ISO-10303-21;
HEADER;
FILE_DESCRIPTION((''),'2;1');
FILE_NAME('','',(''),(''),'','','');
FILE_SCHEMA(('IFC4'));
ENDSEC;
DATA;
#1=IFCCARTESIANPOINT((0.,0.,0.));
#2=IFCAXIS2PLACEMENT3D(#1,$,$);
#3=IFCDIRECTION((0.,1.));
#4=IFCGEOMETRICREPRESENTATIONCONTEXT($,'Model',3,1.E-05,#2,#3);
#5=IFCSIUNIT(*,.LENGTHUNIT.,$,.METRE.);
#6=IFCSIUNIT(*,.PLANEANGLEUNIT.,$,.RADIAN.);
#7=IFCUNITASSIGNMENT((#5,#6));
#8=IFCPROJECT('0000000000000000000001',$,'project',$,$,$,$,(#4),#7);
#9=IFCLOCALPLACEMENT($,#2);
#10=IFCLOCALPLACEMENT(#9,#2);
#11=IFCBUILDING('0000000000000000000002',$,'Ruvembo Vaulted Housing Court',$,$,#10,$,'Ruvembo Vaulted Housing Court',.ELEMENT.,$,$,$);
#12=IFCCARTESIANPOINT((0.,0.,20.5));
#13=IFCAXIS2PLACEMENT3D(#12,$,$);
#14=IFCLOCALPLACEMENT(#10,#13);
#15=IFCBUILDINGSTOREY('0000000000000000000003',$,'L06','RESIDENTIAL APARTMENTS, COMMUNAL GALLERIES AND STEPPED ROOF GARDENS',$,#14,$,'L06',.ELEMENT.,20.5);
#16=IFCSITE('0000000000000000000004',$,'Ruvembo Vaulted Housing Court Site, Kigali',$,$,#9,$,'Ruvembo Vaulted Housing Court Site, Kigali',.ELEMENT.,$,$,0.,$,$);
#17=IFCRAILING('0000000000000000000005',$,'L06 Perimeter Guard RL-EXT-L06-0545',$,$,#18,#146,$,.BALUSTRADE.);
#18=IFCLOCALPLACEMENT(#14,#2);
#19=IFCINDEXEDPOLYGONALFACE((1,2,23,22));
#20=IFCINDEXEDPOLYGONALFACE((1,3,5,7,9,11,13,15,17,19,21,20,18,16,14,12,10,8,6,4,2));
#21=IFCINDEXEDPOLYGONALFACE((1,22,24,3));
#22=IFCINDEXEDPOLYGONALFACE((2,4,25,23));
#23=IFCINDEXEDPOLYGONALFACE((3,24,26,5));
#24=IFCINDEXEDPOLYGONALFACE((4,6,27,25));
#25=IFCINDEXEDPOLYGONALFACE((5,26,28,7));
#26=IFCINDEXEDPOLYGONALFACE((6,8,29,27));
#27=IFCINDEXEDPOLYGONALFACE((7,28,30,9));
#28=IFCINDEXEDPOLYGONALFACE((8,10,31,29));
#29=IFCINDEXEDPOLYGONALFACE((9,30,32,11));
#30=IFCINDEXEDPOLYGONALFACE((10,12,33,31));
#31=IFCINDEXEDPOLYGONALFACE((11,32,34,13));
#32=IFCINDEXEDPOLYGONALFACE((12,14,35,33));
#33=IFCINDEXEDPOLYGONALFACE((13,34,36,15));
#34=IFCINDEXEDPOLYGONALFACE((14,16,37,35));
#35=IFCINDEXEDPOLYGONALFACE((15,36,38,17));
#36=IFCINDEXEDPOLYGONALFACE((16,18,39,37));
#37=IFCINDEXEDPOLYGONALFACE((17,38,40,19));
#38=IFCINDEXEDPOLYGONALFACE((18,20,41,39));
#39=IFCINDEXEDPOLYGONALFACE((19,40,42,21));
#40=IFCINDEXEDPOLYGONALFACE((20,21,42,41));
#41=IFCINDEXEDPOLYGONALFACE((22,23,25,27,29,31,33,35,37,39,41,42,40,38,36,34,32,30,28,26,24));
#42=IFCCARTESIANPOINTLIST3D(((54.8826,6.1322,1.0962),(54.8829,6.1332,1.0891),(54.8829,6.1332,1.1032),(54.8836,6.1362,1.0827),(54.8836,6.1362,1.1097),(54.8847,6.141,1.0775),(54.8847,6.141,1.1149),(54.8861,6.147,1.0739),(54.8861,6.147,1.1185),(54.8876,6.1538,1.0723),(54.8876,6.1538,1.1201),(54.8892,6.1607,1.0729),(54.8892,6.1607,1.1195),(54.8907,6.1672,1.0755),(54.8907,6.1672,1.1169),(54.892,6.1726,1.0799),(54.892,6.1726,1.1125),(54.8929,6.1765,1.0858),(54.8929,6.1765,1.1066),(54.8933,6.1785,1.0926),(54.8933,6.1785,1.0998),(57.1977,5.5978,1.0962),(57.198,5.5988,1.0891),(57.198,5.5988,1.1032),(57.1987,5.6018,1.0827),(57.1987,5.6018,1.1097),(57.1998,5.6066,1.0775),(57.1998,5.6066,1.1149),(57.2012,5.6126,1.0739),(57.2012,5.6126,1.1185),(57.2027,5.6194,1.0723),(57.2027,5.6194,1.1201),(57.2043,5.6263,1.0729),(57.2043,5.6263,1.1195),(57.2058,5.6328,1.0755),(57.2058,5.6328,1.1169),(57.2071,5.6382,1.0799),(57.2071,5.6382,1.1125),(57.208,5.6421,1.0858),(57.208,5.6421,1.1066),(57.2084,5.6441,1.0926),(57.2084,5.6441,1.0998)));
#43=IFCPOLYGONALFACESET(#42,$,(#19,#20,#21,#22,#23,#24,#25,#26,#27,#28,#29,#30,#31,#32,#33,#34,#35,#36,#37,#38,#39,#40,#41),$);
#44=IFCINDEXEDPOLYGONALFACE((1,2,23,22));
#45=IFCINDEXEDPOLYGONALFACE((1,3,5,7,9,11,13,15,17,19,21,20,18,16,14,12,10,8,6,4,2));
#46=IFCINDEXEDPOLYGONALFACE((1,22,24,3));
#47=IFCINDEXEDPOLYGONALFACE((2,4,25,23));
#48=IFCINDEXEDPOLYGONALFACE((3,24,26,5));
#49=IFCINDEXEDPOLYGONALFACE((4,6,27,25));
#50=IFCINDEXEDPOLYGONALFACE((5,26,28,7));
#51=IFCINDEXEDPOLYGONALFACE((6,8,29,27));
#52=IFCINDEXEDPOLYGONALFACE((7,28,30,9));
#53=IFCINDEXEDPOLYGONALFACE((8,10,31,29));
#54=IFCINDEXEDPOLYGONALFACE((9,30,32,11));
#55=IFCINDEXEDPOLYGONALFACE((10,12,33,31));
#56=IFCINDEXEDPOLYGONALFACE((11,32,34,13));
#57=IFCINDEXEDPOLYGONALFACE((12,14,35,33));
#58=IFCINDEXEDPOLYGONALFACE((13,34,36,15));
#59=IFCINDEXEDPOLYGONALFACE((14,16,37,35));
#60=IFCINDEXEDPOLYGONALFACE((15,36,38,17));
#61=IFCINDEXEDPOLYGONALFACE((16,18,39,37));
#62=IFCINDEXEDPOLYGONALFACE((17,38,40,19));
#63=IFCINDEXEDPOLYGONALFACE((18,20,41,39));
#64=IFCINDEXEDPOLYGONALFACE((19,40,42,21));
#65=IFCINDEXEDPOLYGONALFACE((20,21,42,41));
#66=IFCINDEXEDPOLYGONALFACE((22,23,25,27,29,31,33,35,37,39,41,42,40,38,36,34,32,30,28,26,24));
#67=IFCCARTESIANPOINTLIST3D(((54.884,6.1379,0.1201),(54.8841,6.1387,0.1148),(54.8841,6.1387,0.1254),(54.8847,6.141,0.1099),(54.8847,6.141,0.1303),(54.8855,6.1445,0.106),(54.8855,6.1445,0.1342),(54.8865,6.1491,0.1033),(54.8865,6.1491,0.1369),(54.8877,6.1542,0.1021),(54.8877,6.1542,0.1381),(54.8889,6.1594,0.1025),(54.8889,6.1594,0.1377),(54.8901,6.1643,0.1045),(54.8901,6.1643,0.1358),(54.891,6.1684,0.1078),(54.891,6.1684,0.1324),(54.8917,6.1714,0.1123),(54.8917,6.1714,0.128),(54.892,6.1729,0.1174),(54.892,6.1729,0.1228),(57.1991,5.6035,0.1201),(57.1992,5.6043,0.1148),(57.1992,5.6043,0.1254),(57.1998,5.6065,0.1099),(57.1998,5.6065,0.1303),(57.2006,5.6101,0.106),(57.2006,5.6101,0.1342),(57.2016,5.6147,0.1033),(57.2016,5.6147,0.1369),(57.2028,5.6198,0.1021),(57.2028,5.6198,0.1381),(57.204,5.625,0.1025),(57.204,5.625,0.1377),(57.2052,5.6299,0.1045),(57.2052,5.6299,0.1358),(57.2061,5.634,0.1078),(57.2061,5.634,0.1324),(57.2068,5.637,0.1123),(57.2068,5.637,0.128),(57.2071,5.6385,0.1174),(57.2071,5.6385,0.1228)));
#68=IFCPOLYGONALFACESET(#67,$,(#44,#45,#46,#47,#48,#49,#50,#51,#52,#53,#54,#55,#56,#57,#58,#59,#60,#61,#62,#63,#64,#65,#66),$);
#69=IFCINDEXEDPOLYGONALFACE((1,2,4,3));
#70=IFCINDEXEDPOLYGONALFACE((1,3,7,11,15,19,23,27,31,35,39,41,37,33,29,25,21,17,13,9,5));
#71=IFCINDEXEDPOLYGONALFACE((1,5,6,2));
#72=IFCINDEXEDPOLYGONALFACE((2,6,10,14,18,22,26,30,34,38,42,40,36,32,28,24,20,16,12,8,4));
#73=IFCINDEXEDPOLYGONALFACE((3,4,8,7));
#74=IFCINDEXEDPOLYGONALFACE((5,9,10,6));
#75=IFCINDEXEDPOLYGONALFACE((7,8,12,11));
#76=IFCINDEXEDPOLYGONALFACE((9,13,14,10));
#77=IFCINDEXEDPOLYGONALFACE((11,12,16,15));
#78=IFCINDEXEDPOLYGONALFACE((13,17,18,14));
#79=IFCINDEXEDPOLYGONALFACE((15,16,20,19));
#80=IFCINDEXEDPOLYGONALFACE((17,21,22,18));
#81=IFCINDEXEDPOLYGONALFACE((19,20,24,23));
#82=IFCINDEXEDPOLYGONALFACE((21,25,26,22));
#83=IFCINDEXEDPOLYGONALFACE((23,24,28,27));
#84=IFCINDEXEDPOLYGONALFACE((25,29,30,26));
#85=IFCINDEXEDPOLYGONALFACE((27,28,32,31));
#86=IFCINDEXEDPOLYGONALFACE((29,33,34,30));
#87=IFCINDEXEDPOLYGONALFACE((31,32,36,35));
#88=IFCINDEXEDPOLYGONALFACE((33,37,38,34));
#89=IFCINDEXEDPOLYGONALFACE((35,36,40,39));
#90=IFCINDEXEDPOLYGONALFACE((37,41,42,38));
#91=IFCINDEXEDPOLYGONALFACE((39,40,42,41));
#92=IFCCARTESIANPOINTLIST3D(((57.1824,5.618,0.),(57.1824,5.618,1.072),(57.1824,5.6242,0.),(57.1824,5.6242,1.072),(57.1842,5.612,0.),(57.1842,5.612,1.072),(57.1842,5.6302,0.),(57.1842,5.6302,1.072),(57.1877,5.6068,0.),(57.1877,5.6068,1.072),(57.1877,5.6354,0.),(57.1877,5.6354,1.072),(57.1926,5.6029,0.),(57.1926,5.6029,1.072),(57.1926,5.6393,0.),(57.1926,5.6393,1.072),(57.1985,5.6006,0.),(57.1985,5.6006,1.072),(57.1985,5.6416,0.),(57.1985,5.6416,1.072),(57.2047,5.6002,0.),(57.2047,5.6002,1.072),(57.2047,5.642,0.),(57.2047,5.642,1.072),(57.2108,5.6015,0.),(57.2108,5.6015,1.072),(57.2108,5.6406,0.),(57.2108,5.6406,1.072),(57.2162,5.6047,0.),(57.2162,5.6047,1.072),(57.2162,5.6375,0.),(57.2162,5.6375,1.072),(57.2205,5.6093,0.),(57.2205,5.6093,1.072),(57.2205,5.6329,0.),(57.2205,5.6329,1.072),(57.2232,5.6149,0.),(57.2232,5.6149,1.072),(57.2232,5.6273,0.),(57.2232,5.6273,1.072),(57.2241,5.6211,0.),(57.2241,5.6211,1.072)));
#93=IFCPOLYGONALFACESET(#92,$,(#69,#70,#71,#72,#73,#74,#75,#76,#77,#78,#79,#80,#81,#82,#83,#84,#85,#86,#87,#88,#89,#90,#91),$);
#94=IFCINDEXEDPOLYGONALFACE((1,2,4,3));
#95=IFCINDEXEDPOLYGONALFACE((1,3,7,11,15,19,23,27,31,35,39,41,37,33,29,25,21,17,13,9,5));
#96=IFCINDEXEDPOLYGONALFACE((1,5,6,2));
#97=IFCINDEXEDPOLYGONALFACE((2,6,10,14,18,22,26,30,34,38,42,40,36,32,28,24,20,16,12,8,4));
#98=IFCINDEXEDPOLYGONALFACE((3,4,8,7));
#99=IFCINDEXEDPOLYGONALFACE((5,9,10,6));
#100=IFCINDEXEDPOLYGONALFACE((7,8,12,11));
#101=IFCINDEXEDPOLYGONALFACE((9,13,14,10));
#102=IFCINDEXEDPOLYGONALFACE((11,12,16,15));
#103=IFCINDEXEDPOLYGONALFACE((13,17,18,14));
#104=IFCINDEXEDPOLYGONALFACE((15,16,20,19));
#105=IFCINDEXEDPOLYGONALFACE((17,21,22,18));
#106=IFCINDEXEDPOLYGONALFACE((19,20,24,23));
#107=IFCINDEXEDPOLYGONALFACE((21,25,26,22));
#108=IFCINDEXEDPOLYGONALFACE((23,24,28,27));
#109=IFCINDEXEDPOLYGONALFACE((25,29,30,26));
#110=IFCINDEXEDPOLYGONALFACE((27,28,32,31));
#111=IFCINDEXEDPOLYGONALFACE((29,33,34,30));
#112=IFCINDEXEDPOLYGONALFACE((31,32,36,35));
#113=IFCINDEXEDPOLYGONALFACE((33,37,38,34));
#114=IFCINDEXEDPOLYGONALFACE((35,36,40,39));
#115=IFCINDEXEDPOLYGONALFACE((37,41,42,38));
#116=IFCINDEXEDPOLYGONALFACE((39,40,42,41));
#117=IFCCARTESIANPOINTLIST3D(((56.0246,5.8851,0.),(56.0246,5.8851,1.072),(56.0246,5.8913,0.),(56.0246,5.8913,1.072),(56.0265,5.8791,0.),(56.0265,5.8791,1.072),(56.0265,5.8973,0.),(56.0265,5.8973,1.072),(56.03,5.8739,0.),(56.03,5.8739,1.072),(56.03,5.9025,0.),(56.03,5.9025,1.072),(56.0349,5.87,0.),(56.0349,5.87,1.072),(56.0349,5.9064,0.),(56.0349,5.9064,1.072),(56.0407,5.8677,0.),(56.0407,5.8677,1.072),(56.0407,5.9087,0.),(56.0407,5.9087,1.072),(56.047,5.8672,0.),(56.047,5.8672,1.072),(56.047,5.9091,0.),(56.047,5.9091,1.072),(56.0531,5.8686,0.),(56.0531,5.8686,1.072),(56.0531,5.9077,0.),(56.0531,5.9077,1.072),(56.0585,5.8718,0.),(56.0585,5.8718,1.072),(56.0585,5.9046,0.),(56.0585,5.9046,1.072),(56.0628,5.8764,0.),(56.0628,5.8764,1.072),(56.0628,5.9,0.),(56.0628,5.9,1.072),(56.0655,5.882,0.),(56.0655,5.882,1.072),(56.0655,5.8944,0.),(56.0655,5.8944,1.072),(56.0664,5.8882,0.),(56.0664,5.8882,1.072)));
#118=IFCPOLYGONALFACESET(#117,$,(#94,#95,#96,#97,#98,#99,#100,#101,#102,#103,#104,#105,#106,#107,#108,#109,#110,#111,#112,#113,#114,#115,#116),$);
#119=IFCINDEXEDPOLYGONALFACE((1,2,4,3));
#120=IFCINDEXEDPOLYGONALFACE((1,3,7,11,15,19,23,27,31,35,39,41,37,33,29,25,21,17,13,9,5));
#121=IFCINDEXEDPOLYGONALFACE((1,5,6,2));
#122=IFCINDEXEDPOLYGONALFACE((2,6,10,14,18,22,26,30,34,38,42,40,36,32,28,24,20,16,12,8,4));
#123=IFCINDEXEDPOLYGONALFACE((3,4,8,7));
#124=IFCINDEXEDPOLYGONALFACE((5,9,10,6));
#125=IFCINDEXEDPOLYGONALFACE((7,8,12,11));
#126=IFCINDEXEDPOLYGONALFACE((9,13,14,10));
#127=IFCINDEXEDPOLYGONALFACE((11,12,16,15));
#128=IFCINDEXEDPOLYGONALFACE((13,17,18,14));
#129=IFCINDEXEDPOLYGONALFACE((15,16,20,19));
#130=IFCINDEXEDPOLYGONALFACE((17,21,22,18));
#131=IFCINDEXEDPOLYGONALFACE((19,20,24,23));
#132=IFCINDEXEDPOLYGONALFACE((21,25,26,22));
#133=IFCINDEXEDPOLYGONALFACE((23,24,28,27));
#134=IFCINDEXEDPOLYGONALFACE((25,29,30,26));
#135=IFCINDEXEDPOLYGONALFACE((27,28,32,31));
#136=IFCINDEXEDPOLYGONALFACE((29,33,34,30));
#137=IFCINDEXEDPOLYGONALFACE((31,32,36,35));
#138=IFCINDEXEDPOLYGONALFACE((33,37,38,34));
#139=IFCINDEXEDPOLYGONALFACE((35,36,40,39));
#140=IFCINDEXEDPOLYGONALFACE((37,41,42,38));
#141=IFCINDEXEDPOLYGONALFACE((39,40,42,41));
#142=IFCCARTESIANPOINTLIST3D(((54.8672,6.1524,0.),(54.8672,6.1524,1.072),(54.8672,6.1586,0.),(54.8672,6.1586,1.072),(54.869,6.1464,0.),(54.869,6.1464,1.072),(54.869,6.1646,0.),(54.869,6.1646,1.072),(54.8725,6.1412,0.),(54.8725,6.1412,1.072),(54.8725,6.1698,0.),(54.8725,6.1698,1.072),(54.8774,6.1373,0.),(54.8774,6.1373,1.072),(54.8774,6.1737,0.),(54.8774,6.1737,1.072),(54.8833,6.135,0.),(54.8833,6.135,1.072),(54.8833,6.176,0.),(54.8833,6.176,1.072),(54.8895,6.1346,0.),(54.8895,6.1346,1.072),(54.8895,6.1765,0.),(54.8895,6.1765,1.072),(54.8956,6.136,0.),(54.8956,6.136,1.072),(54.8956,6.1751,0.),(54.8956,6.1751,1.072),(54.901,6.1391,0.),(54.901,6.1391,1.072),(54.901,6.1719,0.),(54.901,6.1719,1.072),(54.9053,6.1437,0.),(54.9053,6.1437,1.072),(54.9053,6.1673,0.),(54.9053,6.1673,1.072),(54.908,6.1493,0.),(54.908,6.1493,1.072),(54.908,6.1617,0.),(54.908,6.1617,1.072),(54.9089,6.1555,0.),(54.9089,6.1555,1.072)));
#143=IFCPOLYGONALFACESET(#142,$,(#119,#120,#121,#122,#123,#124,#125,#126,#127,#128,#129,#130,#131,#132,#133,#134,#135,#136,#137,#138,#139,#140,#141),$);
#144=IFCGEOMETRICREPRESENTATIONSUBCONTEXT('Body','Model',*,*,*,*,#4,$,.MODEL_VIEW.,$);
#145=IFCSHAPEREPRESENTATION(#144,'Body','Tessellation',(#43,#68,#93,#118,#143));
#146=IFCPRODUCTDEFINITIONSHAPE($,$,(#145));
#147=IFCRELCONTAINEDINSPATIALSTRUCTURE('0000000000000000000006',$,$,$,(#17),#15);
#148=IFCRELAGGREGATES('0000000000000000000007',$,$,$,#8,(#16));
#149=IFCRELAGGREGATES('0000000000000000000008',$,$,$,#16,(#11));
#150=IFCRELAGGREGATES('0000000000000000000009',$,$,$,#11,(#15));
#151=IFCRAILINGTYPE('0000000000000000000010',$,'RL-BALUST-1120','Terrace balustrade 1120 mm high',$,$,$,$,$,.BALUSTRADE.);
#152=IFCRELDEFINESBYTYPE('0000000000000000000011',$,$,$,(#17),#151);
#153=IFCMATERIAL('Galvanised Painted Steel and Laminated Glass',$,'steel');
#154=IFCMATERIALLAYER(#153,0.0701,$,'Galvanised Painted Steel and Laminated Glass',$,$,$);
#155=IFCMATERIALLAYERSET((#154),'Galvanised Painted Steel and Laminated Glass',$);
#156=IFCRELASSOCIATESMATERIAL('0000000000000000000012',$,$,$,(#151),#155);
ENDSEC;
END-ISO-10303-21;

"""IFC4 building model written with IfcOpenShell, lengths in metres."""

from ifc_helpers import new_model, si_unit, direction, frame, origin, origin_2d, place, context, subcontext, project, spatial, circle, extrude, material, layer, layer_set, type_object, element, save


model = new_model("IFC4")

# Units and contexts
model_context = context("Model", 3, precision=1e-05, world=origin(), true_north=direction((0.0, 1.0)))
body_context = subcontext(model_context, "Body", "Model", "MODEL_VIEW")
ifc_project = project(units=[si_unit("LENGTHUNIT", "METRE"), si_unit("PLANEANGLEUNIT", "RADIAN")], contexts=[model_context])

# Site, building, storey
site_placement = place(None, origin())
site = spatial("IfcSite", under=ifc_project, at=site_placement, Name="Ruvembo Vaulted Housing Court Site, Kigali", LongName="Ruvembo Vaulted Housing Court Site, Kigali", CompositionType="ELEMENT", RefElevation=0.0)
building_placement = place(site_placement, origin())
building = spatial("IfcBuilding", under=site, at=building_placement, Name="Ruvembo Vaulted Housing Court", LongName="Ruvembo Vaulted Housing Court", CompositionType="ELEMENT")
storey_placement = place(building_placement, frame((0.0, 0.0, 20.5)))
storey = spatial("IfcBuildingStorey", under=building, at=storey_placement, Name="L06", Description="RESIDENTIAL APARTMENTS, COMMUNAL GALLERIES AND STEPPED ROOF GARDENS", LongName="L06", CompositionType="ELEMENT", Elevation=20.5)

# Railing
ifc_material_1 = material(Name="Galvanised Painted Steel and Laminated Glass", Category="steel")
ifc_layer = layer(ifc_material_1, 0.0701, Name="Galvanised Painted Steel and Laminated Glass")
ifc_layer_set = layer_set([ifc_layer], Name="Galvanised Painted Steel and Laminated Glass")
railing_type = type_object("IfcRailingType", Name="RL-BALUST-1120", Description="Terrace balustrade 1120 mm high", PredefinedType="BALUSTRADE", material=ifc_layer_set)
railing_1_placement = place(storey_placement, frame((57.2031, 5.6211, 0.0)))
element("IfcRailing", 1, at=railing_1_placement, inside=storey, type_object=railing_type, Name="L06 Perimeter Guard RL-EXT-L06-0545", PredefinedType="BALUSTRADE", context=body_context, shape_type="SweptSolid", body=[
    extrude(circle(Radius=0.0239, at=origin_2d()), frame((0.0, 0.0, 1.0962), z_axis=(-0.974377, 0.22492, 0.0), x_axis=(-0.22492, -0.974377, 0.0)), (0.0, 0.0, 1.0), 2.376),
    extrude(circle(Radius=0.0181, at=origin_2d()), frame((0.0, 0.0, 0.1201), z_axis=(-0.974377, 0.22492, 0.0), x_axis=(-0.22492, -0.974377, 0.0)), (0.0, 0.0, 1.0), 2.376),
    extrude(circle(Radius=0.021, at=origin_2d()), origin(), (0.0, 0.0, 1.0), 1.072),
    extrude(circle(Radius=0.021, at=origin_2d()), frame((-1.1577, 0.2671, 0.0)), (0.0, 0.0, 1.0), 1.072),
    extrude(circle(Radius=0.021, at=origin_2d()), frame((-2.3152, 0.5344, 0.0)), (0.0, 0.0, 1.0), 1.072),
])

save(model, "model.ifc")
